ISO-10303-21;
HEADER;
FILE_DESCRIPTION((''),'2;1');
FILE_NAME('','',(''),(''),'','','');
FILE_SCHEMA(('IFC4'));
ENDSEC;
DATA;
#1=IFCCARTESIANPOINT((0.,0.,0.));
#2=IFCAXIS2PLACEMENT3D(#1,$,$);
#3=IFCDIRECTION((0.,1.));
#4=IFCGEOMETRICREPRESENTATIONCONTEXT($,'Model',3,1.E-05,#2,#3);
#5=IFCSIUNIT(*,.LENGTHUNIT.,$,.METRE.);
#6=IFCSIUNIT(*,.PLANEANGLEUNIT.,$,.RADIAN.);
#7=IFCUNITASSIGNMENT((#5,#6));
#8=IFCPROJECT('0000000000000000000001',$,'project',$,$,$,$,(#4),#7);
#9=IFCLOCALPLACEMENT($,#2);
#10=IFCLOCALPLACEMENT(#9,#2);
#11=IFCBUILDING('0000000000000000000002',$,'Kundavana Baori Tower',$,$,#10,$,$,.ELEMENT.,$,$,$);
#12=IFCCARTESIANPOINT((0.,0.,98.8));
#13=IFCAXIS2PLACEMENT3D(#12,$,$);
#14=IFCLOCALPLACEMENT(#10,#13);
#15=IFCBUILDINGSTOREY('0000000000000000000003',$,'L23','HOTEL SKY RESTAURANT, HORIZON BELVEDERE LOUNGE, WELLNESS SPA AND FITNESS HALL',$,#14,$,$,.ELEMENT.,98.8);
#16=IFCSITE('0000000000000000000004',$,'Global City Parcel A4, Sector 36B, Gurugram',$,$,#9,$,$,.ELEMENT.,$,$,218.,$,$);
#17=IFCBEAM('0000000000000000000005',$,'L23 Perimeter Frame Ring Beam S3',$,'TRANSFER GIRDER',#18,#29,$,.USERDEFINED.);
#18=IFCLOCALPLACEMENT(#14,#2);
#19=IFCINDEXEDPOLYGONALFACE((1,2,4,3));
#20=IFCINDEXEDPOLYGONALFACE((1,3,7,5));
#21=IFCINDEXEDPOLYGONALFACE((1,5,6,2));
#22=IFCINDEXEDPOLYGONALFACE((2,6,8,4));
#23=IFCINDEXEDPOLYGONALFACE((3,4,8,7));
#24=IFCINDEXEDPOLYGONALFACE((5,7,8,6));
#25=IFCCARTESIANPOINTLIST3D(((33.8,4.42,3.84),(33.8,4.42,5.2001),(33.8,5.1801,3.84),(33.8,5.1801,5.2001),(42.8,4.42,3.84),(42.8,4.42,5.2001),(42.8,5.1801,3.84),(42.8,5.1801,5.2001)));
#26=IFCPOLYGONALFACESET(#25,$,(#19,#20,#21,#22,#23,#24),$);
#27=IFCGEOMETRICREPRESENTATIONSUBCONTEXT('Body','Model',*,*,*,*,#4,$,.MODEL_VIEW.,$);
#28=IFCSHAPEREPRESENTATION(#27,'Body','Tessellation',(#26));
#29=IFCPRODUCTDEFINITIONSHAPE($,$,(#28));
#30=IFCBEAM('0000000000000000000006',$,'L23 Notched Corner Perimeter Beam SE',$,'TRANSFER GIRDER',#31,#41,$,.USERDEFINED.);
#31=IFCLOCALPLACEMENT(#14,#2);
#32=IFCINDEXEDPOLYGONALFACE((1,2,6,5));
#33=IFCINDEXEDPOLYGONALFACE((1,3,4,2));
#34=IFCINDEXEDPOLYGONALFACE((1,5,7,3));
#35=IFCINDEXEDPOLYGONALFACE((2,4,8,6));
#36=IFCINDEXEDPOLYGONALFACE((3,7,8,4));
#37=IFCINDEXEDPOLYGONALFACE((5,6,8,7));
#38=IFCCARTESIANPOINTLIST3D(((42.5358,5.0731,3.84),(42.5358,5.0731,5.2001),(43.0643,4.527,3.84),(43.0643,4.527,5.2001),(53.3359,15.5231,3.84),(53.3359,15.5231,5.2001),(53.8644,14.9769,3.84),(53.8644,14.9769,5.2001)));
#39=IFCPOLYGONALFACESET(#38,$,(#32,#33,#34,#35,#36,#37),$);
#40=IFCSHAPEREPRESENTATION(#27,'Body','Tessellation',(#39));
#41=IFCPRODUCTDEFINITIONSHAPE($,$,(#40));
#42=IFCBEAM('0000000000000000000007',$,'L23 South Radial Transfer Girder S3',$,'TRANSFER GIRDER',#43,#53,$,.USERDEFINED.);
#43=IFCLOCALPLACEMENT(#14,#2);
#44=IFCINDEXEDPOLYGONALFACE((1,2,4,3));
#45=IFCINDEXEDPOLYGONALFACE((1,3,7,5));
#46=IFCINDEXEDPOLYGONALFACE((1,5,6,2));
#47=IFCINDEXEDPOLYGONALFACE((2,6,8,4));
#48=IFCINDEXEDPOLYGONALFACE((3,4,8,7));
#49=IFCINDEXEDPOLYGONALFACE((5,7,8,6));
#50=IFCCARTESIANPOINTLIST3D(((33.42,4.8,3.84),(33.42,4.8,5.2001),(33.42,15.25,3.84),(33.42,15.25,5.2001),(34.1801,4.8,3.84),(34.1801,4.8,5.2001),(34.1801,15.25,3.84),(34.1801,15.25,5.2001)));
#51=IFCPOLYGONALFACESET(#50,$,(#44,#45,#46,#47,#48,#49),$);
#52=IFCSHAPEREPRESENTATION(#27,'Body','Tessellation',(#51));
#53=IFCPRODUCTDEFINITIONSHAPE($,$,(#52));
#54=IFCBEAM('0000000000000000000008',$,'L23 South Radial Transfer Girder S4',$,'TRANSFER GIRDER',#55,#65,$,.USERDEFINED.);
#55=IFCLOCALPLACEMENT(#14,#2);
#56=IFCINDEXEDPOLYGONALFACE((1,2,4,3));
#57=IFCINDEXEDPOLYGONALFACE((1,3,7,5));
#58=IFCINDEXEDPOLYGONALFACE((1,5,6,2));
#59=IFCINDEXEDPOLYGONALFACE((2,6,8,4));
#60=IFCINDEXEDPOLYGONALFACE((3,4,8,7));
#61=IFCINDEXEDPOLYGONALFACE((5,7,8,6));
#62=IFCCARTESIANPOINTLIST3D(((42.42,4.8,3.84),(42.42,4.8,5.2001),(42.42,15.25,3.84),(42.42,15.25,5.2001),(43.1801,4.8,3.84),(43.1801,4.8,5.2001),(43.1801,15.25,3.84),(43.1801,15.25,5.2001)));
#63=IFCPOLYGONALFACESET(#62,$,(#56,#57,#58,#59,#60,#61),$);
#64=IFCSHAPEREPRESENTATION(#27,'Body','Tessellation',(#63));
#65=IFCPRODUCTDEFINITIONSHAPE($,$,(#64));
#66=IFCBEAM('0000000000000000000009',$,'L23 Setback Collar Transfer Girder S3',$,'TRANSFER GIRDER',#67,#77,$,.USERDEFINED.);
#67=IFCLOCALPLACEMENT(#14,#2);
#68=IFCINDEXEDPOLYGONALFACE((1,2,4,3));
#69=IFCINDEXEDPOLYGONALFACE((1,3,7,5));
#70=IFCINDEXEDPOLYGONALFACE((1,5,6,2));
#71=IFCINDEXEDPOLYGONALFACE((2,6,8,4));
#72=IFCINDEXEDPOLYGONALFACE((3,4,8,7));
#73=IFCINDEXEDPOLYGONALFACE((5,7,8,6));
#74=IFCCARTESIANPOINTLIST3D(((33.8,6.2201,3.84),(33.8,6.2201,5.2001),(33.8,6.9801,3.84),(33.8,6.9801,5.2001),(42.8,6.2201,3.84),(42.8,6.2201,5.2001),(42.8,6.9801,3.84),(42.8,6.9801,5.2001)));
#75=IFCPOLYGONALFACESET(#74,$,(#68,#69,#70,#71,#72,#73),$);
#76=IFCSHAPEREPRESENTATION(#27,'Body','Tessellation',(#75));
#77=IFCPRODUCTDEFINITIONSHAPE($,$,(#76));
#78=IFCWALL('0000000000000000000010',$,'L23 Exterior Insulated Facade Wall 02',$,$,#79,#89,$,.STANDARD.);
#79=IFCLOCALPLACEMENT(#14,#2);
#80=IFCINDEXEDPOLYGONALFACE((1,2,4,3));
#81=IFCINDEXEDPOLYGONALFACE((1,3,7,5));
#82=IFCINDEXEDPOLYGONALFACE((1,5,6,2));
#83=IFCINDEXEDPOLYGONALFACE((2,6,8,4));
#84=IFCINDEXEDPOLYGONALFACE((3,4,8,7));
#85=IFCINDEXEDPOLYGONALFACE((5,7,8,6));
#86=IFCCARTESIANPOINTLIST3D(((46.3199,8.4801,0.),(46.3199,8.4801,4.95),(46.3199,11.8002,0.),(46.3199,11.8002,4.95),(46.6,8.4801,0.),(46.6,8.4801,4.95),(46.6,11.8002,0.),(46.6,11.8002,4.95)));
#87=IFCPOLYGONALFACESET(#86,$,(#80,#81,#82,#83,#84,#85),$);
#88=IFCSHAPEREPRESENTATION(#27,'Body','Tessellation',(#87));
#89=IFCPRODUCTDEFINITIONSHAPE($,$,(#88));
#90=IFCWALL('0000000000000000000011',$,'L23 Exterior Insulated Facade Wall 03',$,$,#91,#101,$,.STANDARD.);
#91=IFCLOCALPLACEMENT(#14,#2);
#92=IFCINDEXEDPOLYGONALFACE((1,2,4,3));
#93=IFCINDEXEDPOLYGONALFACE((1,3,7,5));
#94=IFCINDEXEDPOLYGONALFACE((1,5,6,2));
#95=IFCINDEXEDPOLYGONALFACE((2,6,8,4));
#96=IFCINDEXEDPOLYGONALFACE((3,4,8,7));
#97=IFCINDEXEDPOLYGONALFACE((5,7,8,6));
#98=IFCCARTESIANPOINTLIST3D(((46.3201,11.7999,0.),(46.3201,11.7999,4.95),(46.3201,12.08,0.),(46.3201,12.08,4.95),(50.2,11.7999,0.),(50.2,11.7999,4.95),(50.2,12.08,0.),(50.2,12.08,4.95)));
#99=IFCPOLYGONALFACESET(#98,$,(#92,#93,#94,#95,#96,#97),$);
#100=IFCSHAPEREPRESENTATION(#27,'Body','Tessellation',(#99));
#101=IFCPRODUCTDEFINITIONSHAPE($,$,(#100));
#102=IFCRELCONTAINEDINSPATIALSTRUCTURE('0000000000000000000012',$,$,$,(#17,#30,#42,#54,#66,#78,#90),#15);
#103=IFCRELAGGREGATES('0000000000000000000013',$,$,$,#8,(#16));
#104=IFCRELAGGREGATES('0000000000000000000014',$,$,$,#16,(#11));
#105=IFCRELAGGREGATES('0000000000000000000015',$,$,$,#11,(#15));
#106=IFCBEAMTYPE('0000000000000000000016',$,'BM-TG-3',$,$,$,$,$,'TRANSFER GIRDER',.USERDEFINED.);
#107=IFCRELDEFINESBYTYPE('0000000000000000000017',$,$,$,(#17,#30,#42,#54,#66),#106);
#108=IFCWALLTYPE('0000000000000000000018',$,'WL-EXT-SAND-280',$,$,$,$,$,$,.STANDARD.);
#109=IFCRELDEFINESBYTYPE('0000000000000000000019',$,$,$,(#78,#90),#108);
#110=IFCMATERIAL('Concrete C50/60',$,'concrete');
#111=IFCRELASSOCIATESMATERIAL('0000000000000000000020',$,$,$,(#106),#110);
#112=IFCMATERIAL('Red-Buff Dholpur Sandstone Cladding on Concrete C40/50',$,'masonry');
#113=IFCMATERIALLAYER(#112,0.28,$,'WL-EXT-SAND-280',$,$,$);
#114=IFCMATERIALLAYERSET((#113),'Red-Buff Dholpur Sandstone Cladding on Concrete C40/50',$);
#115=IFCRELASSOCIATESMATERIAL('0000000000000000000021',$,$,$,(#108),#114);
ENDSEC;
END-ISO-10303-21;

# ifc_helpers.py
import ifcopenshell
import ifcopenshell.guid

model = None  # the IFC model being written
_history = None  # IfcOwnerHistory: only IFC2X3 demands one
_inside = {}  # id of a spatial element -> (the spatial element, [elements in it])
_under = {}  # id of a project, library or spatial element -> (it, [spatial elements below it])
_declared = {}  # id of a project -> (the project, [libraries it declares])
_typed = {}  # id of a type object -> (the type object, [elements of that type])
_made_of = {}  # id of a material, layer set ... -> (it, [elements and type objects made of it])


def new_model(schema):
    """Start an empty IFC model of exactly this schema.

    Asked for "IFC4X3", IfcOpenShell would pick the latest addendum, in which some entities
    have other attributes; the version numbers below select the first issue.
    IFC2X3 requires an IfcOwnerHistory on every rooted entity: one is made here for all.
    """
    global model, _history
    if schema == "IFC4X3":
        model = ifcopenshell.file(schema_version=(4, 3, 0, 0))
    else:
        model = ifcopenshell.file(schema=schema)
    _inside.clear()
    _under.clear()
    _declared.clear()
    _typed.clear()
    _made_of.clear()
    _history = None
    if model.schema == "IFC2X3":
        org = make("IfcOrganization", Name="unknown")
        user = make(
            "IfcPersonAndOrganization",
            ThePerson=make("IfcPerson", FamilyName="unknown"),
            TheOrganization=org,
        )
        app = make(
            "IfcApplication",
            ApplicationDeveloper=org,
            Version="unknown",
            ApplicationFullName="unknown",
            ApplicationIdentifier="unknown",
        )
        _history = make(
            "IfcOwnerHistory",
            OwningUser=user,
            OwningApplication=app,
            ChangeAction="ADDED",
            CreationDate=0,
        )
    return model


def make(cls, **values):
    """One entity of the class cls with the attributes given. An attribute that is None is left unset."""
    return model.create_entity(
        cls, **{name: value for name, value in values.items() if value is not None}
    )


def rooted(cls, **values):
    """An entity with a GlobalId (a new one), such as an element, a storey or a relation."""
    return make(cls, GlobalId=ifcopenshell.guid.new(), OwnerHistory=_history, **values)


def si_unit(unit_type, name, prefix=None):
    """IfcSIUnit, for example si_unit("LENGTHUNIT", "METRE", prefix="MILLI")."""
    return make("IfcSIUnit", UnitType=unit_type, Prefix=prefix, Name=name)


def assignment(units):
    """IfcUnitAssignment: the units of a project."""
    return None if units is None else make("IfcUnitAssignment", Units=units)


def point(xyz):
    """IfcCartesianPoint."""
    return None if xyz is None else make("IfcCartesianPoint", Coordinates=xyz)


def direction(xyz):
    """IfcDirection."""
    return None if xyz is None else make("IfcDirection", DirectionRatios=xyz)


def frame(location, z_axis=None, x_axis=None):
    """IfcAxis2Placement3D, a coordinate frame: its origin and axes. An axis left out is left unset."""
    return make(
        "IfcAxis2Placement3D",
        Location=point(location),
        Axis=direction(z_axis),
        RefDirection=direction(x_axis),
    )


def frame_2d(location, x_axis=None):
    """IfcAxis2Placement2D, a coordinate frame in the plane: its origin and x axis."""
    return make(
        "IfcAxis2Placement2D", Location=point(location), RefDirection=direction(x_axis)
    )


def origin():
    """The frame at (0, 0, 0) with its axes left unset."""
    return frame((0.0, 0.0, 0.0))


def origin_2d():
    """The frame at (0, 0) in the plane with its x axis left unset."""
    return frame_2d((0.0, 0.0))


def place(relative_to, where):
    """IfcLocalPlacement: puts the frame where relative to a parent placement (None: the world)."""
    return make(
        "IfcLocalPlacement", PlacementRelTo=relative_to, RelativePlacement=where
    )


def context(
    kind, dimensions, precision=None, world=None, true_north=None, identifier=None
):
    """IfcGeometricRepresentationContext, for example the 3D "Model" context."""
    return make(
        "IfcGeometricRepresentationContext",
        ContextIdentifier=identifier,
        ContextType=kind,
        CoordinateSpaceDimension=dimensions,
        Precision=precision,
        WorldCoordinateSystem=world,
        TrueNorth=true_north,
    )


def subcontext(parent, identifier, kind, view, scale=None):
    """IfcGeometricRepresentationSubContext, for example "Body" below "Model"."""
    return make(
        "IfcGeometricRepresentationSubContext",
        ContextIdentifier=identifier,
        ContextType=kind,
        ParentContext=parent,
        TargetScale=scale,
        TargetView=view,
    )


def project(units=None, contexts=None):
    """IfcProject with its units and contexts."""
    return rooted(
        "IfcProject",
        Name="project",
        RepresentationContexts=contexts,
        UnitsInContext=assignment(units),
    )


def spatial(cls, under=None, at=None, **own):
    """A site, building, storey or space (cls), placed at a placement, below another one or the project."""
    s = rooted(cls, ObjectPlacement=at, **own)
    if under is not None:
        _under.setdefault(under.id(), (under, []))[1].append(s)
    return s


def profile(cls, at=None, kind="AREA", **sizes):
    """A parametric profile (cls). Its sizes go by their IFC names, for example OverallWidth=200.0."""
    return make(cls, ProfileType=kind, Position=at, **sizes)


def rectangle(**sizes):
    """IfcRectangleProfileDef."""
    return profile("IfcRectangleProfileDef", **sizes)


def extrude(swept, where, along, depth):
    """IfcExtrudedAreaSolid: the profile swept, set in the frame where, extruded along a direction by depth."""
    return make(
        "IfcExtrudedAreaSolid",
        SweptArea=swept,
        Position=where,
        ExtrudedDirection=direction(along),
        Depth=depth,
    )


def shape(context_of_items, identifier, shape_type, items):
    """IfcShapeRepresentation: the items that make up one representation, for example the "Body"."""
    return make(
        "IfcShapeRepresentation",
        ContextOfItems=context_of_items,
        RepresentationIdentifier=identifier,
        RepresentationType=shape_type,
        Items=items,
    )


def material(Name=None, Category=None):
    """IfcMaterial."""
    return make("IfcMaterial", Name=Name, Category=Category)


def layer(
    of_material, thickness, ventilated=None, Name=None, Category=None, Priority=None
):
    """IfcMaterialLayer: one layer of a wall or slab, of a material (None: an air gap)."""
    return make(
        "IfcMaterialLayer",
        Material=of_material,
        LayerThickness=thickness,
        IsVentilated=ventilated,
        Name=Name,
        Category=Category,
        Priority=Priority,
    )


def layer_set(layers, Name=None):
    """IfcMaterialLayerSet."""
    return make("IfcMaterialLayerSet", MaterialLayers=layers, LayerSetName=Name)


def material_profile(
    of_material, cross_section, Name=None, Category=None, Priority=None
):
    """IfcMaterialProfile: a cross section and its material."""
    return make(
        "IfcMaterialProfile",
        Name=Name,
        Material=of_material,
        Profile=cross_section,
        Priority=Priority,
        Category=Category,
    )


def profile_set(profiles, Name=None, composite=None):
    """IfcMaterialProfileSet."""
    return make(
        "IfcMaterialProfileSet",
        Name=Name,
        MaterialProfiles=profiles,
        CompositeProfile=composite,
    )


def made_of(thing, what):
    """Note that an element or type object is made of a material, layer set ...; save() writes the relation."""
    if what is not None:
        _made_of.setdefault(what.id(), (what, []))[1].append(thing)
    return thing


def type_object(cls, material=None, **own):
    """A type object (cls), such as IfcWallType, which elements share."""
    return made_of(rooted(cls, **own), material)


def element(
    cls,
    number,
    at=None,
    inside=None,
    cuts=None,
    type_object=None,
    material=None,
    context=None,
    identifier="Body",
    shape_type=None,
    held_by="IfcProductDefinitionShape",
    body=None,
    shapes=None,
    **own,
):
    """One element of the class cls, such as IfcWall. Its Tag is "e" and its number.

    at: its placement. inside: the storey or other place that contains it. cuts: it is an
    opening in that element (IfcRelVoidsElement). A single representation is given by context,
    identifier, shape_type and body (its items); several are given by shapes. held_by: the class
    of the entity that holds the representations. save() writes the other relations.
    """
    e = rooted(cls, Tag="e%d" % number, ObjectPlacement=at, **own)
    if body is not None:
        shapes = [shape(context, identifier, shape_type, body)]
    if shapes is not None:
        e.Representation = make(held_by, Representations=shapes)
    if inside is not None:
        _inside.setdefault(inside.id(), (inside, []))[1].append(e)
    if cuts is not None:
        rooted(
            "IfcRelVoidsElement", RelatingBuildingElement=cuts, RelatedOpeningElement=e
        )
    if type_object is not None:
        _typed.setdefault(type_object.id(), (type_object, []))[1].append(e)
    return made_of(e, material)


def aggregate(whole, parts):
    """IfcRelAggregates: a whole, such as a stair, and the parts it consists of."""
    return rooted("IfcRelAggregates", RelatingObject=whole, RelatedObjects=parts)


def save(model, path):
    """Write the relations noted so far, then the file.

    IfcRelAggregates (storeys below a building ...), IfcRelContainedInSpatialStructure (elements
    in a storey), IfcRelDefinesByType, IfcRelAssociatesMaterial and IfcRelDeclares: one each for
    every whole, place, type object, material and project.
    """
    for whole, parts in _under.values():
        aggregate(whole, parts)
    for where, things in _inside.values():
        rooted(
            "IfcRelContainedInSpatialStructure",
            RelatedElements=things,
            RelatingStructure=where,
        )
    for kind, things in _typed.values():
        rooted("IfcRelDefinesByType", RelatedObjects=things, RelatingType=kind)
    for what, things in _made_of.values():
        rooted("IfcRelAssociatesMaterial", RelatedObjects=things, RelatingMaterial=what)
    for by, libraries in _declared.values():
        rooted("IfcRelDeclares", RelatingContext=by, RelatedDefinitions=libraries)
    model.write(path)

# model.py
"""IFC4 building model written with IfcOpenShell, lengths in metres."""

from ifc_helpers import new_model, si_unit, direction, frame, frame_2d, origin, origin_2d, place, context, subcontext, project, spatial, rectangle, extrude, material, layer, layer_set, material_profile, profile_set, type_object, element, save


model = new_model("IFC4")

# Units and contexts
model_context = context("Model", 3, precision=1e-05, world=origin(), true_north=direction((0.0, 1.0)))
body_context = subcontext(model_context, "Body", "Model", "MODEL_VIEW")
ifc_project = project(units=[si_unit("LENGTHUNIT", "METRE"), si_unit("PLANEANGLEUNIT", "RADIAN")], contexts=[model_context])

# Site, building, storey
site_placement = place(None, origin())
site = spatial("IfcSite", under=ifc_project, at=site_placement, Name="Global City Parcel A4, Sector 36B, Gurugram", CompositionType="ELEMENT", RefElevation=218.0)
building_placement = place(site_placement, origin())
building = spatial("IfcBuilding", under=site, at=building_placement, Name="Kundavana Baori Tower", CompositionType="ELEMENT")
storey_placement = place(building_placement, frame((0.0, 0.0, 98.8)))
storey = spatial("IfcBuildingStorey", under=building, at=storey_placement, Name="L23", Description="HOTEL SKY RESTAURANT, HORIZON BELVEDERE LOUNGE, WELLNESS SPA AND FITNESS HALL", CompositionType="ELEMENT", Elevation=98.8)

# Beams
ifc_material_1 = material(Name="Concrete C50/60", Category="concrete")
ifc_material_profile_1 = material_profile(ifc_material_1, rectangle(XDim=0.76, YDim=1.3601, at=origin_2d()), Name="BM-TG-3")
ifc_profile_set_1 = profile_set([ifc_material_profile_1], Name="Concrete C50/60")
beam_type_1 = type_object("IfcBeamType", Name="BM-TG-3", ElementType="TRANSFER GIRDER", PredefinedType="USERDEFINED", material=ifc_profile_set_1)
beam_1_placement = place(storey_placement, frame((33.8, 4.8, 4.52), z_axis=(1.0, 0.0, 0.0), x_axis=(0.0, 1.0, 0.0)))
element("IfcBeam", 1, at=beam_1_placement, inside=storey, type_object=beam_type_1, Name="L23 Perimeter Frame Ring Beam S3", ObjectType="TRANSFER GIRDER", PredefinedType="USERDEFINED", context=body_context, shape_type="SweptSolid", body=[
    extrude(rectangle(XDim=0.76, YDim=1.3601, at=origin_2d()), origin(), (0.0, 0.0, 1.0), 9.0),
])
beam_2_placement = place(storey_placement, frame((42.8, 4.8, 4.52), z_axis=(0.718659, 0.695363, 0.0), x_axis=(-0.695363, 0.718659, 0.0)))
element("IfcBeam", 2, at=beam_2_placement, inside=storey, type_object=beam_type_1, Name="L23 Notched Corner Perimeter Beam SE", ObjectType="TRANSFER GIRDER", PredefinedType="USERDEFINED", context=body_context, shape_type="SweptSolid", body=[
    extrude(rectangle(XDim=0.76, YDim=1.3601, at=origin_2d()), origin(), (0.0, 0.0, 1.0), 15.0281),
])
for number, where, z_axis, x_axis, name in (
    (3, (33.8, 15.25, 4.52), (0.0, -1.0, 0.0), (1.0, 0.0, 0.0), "L23 South Radial Transfer Girder S3"),
    (4, (42.8, 15.25, 4.52), (0.0, -1.0, 0.0), (1.0, 0.0, 0.0), "L23 South Radial Transfer Girder S4"),
):
    element("IfcBeam", number, at=place(storey_placement, frame(where, z_axis=z_axis, x_axis=x_axis)), inside=storey, type_object=beam_type_1, Name=name, ObjectType="TRANSFER GIRDER", PredefinedType="USERDEFINED", context=body_context, shape_type="SweptSolid", body=[
        extrude(rectangle(XDim=0.76, YDim=1.3601, at=origin_2d()), origin(), (0.0, 0.0, 1.0), 10.45),
    ])
beam_3_placement = place(storey_placement, frame((33.8, 6.6001, 4.52), z_axis=(1.0, 0.0, 0.0), x_axis=(0.0, 1.0, 0.0)))
element("IfcBeam", 5, at=beam_3_placement, inside=storey, type_object=beam_type_1, Name="L23 Setback Collar Transfer Girder S3", ObjectType="TRANSFER GIRDER", PredefinedType="USERDEFINED", context=body_context, shape_type="SweptSolid", body=[
    extrude(rectangle(XDim=0.76, YDim=1.3601, at=origin_2d()), origin(), (0.0, 0.0, 1.0), 9.0),
])

# Walls
ifc_material_2 = material(Name="Red-Buff Dholpur Sandstone Cladding on Concrete C40/50", Category="masonry")
ifc_layer_1 = layer(ifc_material_2, 0.28, Name="WL-EXT-SAND-280")
ifc_layer_set_1 = layer_set([ifc_layer_1], Name="Red-Buff Dholpur Sandstone Cladding on Concrete C40/50")
wall_type_1 = type_object("IfcWallType", Name="WL-EXT-SAND-280", PredefinedType="STANDARD", material=ifc_layer_set_1)
wall_1_placement = place(storey_placement, frame((46.46, 8.48, 0.0), z_axis=(0.0, 0.0, 1.0), x_axis=(0.0, 1.0, 0.0)))
element("IfcWall", 6, at=wall_1_placement, inside=storey, type_object=wall_type_1, Name="L23 Exterior Insulated Facade Wall 02", PredefinedType="STANDARD", context=body_context, shape_type="SweptSolid", body=[
    extrude(rectangle(XDim=3.3201, YDim=0.28, at=frame_2d((1.6602, 0.0))), origin(), (0.0, 0.0, 1.0), 4.95),
])
wall_2_placement = place(storey_placement, frame((46.3201, 11.9399, 0.0), z_axis=(0.0, 0.0, 1.0), x_axis=(1.0, 0.0, 0.0)))
element("IfcWall", 7, at=wall_2_placement, inside=storey, type_object=wall_type_1, Name="L23 Exterior Insulated Facade Wall 03", PredefinedType="STANDARD", context=body_context, shape_type="SweptSolid", body=[
    extrude(rectangle(XDim=3.8799, YDim=0.28, at=frame_2d((1.9399, 0.0))), origin(), (0.0, 0.0, 1.0), 4.95),
])

save(model, "model.ifc")
